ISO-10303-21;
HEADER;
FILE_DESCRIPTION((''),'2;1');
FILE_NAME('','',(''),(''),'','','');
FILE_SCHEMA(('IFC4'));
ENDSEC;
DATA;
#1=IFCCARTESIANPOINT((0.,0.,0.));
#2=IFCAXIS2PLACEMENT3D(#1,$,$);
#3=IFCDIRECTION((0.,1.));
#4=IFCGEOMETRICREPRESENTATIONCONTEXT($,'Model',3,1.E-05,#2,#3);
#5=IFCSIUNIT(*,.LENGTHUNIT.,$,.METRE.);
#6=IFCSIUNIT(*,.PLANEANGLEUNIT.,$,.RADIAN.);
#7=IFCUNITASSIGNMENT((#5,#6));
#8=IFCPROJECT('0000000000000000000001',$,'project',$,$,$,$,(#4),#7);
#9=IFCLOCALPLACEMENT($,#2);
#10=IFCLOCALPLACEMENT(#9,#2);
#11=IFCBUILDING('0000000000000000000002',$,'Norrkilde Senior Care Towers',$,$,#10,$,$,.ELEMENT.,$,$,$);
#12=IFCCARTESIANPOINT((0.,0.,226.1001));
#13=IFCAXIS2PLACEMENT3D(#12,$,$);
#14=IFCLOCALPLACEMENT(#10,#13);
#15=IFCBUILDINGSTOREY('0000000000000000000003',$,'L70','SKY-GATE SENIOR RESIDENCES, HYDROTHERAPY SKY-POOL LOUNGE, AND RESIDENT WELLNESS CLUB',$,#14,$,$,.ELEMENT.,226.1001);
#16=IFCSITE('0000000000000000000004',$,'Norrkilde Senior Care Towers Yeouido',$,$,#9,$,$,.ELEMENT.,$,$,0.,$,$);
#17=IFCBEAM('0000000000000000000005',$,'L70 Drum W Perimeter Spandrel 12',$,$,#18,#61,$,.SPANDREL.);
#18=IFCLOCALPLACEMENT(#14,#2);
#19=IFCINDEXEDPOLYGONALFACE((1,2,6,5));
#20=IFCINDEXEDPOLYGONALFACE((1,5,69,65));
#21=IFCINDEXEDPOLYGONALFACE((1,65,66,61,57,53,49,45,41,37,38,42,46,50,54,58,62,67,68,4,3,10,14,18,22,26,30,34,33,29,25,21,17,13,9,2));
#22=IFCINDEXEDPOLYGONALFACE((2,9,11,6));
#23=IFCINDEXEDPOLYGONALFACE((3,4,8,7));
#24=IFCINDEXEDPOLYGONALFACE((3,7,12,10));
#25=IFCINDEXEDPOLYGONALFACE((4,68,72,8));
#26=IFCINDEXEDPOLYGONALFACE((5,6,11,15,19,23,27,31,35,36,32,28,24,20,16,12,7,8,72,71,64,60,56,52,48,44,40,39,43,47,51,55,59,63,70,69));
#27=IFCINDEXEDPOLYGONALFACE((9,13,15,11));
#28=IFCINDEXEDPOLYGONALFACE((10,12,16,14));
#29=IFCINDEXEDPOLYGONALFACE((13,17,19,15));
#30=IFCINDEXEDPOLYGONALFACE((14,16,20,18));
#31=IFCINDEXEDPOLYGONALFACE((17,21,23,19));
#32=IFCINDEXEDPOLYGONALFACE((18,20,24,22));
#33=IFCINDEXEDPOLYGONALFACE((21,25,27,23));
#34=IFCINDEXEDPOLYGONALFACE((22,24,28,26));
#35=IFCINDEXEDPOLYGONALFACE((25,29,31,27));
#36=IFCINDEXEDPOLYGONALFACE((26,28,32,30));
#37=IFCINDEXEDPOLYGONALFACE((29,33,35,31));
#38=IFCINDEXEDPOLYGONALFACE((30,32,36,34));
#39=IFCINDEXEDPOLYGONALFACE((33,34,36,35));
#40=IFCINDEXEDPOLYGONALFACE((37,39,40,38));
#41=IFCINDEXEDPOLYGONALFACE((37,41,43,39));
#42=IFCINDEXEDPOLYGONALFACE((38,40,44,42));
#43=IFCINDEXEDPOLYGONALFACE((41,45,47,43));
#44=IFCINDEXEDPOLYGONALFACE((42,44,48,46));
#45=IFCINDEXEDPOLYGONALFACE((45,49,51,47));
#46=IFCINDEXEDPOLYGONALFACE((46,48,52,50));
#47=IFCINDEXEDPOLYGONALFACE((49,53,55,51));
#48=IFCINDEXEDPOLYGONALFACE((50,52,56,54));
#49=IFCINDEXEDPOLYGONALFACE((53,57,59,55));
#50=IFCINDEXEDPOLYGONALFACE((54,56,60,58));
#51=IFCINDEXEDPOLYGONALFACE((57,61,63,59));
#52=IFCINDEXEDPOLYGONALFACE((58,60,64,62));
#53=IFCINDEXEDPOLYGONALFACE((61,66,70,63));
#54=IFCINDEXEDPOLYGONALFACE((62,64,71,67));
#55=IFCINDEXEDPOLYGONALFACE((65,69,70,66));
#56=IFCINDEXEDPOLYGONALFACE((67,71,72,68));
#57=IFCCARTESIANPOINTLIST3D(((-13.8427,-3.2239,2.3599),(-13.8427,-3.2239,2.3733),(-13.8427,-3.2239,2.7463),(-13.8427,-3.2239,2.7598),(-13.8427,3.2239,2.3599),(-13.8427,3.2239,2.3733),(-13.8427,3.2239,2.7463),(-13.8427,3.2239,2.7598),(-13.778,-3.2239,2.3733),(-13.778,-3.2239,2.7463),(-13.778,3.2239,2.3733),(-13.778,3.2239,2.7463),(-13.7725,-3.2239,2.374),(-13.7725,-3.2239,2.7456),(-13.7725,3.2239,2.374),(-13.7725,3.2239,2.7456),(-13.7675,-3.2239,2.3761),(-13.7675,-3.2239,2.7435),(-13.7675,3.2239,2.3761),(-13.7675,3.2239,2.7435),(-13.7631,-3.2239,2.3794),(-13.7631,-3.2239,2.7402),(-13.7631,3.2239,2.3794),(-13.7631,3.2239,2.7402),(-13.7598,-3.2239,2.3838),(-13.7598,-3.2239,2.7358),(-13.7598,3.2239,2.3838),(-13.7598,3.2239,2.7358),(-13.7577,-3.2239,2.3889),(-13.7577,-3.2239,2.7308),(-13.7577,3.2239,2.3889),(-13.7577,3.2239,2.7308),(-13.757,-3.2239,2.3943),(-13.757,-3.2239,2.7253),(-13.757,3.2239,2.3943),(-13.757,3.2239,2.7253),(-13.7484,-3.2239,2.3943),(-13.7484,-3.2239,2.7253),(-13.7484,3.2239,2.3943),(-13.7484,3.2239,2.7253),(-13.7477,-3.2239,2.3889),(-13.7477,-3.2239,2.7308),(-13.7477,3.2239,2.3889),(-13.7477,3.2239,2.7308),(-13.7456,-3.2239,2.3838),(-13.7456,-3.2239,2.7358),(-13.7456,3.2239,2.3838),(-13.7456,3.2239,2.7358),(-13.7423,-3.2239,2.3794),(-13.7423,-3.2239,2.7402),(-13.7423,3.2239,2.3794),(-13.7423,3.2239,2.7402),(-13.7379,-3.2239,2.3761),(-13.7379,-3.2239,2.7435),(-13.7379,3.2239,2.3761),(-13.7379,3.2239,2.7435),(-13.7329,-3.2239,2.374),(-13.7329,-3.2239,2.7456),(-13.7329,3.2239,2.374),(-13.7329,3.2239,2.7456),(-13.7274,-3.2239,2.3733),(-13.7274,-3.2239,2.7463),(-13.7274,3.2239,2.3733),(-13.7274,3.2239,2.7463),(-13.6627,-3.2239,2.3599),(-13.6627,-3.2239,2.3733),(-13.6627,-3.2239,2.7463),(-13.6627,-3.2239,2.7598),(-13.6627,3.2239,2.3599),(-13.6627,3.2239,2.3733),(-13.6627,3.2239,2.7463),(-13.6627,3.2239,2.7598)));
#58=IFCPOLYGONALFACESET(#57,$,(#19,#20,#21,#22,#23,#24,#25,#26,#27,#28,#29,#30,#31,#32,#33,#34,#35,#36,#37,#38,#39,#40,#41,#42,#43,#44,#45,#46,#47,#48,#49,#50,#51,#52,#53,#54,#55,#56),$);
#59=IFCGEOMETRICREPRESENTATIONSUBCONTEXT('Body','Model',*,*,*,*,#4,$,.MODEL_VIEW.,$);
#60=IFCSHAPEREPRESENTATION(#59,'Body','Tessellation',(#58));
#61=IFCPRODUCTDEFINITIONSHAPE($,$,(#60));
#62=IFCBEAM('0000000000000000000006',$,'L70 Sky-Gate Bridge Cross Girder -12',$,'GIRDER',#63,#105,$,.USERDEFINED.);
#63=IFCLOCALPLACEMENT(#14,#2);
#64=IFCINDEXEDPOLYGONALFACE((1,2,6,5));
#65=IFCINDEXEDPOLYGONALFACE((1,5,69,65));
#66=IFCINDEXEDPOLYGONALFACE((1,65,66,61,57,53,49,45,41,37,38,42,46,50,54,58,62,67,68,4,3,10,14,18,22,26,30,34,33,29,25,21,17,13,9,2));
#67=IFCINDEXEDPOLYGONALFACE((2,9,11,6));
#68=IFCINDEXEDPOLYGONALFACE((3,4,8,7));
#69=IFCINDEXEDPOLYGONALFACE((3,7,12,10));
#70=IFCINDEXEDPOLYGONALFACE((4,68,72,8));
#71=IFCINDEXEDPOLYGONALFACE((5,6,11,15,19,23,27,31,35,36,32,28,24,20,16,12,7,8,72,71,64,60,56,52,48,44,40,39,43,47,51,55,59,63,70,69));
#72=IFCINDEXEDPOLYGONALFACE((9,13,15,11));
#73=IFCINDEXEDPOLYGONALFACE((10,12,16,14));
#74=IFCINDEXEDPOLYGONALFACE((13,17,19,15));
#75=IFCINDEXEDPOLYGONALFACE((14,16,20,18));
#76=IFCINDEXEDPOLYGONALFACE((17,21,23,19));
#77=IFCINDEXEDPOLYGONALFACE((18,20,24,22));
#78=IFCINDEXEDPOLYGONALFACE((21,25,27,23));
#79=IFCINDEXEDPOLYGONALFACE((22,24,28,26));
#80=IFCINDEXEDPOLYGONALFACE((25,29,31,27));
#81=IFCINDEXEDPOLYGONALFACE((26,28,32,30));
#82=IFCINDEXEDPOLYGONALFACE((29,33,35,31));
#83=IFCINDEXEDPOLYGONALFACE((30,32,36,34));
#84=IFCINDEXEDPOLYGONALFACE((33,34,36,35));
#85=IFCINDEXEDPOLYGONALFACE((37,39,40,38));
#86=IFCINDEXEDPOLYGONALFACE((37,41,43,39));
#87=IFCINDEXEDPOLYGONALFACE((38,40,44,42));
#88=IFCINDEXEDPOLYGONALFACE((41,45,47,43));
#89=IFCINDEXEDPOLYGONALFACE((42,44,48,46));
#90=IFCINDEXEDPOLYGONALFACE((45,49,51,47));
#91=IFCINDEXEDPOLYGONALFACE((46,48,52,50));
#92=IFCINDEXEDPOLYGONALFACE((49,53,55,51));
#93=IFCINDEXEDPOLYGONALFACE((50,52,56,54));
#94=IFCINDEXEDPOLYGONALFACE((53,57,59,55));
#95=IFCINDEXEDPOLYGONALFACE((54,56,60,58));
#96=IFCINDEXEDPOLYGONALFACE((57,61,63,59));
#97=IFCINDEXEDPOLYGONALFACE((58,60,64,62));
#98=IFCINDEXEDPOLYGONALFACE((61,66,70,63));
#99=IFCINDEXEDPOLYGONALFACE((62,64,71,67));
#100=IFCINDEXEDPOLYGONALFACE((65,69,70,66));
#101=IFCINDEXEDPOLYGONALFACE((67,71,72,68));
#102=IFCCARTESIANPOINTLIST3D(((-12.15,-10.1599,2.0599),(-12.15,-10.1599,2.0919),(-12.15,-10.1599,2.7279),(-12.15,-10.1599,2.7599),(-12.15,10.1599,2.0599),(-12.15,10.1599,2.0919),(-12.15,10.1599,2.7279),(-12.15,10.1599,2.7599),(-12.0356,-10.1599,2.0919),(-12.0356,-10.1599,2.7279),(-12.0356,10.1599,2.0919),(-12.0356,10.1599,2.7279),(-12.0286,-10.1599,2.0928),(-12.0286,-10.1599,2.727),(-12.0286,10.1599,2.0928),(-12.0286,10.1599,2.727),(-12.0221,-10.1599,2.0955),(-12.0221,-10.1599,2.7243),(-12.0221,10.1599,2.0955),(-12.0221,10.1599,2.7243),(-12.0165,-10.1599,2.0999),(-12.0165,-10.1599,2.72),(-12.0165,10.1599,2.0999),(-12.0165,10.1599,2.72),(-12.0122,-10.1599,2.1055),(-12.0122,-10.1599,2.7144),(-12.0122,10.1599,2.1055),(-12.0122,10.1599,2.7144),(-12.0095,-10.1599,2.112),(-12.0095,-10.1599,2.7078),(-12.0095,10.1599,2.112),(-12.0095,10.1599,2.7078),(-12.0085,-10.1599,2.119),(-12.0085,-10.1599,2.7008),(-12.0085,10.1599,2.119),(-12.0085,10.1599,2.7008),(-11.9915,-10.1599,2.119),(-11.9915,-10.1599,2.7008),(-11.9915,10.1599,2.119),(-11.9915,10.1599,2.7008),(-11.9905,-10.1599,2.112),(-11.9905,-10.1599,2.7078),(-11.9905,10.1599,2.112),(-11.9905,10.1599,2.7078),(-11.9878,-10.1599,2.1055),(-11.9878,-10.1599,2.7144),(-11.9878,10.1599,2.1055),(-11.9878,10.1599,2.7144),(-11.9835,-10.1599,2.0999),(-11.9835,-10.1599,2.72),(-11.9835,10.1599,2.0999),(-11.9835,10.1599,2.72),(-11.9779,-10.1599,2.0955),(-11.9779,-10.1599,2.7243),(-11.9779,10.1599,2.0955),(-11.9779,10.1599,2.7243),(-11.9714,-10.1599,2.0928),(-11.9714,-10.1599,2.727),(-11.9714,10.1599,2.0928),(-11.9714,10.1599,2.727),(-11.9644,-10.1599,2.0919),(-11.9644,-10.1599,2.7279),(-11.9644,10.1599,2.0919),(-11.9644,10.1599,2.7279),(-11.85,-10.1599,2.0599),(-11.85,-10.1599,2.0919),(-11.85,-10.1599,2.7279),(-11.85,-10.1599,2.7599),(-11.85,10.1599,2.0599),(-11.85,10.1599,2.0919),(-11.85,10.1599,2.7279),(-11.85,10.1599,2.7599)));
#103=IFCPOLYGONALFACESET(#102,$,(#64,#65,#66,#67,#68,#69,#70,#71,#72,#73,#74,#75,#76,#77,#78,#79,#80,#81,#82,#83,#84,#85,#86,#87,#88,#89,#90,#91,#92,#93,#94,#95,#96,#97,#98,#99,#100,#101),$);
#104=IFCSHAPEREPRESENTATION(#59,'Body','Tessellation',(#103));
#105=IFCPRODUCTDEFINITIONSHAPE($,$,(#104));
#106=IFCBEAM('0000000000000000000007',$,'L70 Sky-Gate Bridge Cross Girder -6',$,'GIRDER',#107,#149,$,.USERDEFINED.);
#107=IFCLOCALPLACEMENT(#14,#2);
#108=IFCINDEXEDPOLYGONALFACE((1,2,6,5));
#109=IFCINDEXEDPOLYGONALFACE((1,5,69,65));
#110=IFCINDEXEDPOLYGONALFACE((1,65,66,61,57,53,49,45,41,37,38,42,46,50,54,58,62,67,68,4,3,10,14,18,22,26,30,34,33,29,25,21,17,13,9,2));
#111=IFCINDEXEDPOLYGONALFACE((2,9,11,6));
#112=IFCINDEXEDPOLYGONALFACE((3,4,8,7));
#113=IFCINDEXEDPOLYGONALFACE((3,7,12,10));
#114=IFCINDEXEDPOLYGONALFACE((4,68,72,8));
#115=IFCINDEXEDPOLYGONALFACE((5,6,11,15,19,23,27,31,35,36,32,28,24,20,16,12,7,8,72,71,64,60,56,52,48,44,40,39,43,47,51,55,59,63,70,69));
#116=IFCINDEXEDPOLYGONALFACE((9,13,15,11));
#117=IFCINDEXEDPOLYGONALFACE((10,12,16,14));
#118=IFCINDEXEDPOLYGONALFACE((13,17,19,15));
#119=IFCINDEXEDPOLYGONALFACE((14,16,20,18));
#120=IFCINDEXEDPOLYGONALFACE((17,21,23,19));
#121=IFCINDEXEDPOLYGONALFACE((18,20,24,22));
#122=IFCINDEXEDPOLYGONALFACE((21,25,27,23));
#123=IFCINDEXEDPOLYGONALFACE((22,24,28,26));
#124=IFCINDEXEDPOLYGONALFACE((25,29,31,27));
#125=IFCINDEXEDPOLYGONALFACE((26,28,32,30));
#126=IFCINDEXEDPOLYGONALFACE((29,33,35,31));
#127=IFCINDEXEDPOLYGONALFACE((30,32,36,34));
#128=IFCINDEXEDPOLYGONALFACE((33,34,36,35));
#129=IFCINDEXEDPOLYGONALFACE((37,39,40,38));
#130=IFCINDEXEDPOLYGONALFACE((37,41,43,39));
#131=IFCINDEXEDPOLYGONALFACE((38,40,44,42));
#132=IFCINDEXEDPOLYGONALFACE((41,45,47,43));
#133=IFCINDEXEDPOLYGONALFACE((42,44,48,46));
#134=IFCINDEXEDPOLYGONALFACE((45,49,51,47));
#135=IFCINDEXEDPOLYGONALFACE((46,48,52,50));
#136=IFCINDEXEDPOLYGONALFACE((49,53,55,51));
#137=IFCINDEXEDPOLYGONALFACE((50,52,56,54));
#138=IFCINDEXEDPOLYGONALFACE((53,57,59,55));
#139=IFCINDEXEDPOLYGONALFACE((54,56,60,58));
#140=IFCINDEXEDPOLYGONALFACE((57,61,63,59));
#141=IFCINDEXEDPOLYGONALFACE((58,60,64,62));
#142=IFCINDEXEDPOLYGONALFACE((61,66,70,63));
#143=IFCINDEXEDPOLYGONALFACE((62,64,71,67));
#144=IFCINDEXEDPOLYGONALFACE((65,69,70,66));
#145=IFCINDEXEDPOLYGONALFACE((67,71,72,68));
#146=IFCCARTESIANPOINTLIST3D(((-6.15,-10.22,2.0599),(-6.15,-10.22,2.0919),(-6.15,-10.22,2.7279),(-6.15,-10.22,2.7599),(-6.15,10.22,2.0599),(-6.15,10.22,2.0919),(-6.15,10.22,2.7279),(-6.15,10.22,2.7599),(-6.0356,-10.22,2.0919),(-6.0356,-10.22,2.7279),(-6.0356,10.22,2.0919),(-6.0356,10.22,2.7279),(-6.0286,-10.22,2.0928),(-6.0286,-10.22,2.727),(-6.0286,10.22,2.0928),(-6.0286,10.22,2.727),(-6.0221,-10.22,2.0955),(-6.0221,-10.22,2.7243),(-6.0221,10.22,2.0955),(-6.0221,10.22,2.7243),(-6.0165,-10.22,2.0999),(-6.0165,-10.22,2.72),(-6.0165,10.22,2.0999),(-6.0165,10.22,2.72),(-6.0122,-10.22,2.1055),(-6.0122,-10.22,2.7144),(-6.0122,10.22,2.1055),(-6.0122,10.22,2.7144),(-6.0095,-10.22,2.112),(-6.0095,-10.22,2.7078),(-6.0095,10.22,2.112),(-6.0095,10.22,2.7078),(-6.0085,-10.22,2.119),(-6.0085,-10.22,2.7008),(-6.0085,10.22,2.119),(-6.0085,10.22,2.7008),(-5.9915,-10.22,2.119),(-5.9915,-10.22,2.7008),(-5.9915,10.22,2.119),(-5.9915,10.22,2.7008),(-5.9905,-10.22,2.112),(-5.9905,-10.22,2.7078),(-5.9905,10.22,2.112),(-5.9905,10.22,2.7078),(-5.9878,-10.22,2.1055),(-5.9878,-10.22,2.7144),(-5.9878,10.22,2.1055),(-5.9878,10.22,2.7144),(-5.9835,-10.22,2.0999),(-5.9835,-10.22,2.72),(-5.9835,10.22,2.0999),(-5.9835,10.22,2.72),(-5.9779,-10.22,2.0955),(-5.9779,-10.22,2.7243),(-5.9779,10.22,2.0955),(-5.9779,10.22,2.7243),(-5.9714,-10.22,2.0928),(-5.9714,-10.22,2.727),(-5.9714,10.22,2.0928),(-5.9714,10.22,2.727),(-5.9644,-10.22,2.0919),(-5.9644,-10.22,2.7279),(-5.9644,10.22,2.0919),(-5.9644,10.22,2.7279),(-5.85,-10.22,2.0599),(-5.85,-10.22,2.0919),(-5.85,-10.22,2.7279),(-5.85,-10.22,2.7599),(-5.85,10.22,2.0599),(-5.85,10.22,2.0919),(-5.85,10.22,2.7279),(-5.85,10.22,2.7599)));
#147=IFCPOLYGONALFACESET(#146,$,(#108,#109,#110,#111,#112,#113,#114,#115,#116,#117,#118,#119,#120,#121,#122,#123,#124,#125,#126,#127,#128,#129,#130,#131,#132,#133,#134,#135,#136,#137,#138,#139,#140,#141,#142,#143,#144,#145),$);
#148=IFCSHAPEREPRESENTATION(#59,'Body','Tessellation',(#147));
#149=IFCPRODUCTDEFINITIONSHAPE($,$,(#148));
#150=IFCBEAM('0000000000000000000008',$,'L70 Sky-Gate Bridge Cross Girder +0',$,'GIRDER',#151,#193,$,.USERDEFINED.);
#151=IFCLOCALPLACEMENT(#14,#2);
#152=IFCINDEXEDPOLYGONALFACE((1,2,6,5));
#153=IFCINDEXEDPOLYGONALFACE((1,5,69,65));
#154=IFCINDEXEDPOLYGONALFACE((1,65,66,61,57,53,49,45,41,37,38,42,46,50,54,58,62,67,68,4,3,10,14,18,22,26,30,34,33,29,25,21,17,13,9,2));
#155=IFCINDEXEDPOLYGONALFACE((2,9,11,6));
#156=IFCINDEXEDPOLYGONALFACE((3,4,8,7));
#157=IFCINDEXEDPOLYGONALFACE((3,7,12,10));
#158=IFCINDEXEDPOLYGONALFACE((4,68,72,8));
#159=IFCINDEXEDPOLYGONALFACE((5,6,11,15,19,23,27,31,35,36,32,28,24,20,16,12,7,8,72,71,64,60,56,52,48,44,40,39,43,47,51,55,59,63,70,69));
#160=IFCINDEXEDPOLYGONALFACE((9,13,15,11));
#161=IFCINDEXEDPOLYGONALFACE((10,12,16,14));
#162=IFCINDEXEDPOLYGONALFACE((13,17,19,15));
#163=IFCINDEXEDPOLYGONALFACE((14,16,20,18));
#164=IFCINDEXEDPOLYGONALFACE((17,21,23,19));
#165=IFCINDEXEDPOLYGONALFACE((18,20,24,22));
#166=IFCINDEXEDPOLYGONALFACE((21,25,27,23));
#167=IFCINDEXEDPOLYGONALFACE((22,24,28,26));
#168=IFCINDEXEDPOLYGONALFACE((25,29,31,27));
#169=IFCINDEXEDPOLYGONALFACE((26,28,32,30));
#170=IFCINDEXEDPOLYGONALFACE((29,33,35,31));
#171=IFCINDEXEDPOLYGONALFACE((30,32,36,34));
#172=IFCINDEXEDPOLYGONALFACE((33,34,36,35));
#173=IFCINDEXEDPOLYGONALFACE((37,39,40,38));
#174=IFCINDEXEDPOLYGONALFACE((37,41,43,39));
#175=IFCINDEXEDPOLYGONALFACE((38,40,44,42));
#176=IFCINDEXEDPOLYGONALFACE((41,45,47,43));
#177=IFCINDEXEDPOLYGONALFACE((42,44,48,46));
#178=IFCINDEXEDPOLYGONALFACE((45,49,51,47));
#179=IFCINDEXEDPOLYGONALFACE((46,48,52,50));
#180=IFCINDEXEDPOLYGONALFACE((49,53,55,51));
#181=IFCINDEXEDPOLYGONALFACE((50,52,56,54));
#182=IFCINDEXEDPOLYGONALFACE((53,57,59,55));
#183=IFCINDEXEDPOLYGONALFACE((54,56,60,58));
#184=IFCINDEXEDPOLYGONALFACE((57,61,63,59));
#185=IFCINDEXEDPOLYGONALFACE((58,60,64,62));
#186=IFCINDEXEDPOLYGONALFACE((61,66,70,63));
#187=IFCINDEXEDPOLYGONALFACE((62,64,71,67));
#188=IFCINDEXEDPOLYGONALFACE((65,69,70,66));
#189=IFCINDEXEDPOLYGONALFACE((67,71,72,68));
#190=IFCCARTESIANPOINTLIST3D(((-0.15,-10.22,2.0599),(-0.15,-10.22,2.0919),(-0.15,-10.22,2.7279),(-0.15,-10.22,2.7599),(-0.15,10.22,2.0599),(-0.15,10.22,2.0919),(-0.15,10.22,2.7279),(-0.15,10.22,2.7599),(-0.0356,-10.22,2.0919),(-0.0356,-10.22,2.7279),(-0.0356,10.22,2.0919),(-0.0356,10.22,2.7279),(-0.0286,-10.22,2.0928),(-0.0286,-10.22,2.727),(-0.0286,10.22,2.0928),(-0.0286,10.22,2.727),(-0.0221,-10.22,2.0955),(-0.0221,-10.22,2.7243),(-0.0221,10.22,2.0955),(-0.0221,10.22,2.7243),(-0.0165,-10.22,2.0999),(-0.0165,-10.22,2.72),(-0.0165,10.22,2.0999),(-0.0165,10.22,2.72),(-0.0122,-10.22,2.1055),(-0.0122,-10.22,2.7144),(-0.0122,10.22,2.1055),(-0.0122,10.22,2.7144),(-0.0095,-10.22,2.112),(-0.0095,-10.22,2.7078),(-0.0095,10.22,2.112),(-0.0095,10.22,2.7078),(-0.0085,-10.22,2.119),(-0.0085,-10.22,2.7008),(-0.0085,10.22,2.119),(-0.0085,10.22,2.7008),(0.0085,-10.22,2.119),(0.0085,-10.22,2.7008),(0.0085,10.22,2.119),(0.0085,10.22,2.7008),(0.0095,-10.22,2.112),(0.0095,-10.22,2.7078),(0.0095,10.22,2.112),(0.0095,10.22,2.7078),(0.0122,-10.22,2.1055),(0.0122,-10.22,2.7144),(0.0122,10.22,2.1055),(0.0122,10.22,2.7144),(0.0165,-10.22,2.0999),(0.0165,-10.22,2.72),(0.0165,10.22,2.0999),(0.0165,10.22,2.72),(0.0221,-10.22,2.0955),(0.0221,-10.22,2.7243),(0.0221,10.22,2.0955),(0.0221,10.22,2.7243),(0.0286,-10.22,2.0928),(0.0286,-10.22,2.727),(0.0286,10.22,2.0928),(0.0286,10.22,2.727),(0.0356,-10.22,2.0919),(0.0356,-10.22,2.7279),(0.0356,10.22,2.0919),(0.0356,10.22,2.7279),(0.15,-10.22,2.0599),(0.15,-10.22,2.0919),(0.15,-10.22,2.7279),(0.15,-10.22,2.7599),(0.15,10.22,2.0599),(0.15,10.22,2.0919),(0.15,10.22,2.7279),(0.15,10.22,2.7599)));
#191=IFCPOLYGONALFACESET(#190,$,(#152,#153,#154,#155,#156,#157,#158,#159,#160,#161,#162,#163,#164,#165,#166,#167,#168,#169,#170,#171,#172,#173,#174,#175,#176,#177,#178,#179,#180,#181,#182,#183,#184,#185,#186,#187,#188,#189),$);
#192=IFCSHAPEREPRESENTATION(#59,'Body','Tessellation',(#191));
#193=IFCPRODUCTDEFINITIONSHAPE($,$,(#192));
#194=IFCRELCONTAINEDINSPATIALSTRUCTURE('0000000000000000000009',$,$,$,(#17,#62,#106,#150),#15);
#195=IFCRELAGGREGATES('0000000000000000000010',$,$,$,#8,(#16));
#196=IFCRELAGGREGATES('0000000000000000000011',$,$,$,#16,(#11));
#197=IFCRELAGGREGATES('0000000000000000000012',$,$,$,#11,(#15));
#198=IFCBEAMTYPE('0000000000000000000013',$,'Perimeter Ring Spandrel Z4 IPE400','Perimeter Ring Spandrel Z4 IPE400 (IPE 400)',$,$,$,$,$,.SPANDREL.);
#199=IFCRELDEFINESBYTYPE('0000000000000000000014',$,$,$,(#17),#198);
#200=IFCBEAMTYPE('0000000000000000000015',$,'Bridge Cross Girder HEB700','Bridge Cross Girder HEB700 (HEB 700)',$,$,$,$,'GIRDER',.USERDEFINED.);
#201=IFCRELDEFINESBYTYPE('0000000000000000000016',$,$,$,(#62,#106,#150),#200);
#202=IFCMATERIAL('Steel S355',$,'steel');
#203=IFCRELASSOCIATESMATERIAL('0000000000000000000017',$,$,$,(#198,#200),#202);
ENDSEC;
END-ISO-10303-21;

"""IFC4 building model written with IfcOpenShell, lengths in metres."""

from ifc_helpers import new_model, si_unit, direction, frame, origin, origin_2d, place, context, subcontext, project, spatial, i_section, extrude, source, transform, mapped, material, material_profile, profile_set, type_object, type_shapes, element, save


model = new_model("IFC4")

# Units and contexts
model_context = context("Model", 3, precision=1e-05, world=origin(), true_north=direction((0.0, 1.0)))
body_context = subcontext(model_context, "Body", "Model", "MODEL_VIEW")
ifc_project = project(units=[si_unit("LENGTHUNIT", "METRE"), si_unit("PLANEANGLEUNIT", "RADIAN")], contexts=[model_context])

# Site, building, storey
site_placement = place(None, origin())
site = spatial("IfcSite", under=ifc_project, at=site_placement, Name="Norrkilde Senior Care Towers Yeouido", CompositionType="ELEMENT", RefElevation=0.0)
building_placement = place(site_placement, origin())
building = spatial("IfcBuilding", under=site, at=building_placement, Name="Norrkilde Senior Care Towers", CompositionType="ELEMENT")
storey_placement = place(building_placement, frame((0.0, 0.0, 226.1001)))
storey = spatial("IfcBuildingStorey", under=building, at=storey_placement, Name="L70", Description="SKY-GATE SENIOR RESIDENCES, HYDROTHERAPY SKY-POOL LOUNGE, AND RESIDENT WELLNESS CLUB", CompositionType="ELEMENT", Elevation=226.1001)

# Shared definitions
ifc_material_1 = material(Name="Steel S355", Category="steel")

# Beams
ifc_material_profile_1 = material_profile(ifc_material_1, i_section(OverallWidth=0.1799, OverallDepth=0.3999, WebThickness=0.0085, FlangeThickness=0.0134, FilletRadius=0.021, at=origin_2d()), Name="IPE 400")
ifc_profile_set_1 = profile_set([ifc_material_profile_1], Name="Steel S355")
beam_type_1 = type_object("IfcBeamType", Name="Perimeter Ring Spandrel Z4 IPE400", Description="Perimeter Ring Spandrel Z4 IPE400 (IPE 400)", PredefinedType="SPANDREL", material=ifc_profile_set_1)
shared_shape_1 = source(origin(), body_context, "Body", "SweptSolid", [
    extrude(i_section(OverallWidth=0.1799, OverallDepth=0.3999, WebThickness=0.0085, FlangeThickness=0.0134, FilletRadius=0.021, at=origin_2d()), origin(), (0.0, 0.0, 1.0), 6.4478),
])
type_shapes(beam_type_1, [shared_shape_1])
beam_1_placement = place(storey_placement, frame((-13.7527, -3.2239, 2.5598), z_axis=(0.0, 1.0, 0.0), x_axis=(-1.0, 0.0, 0.0)))
element("IfcBeam", 1, at=beam_1_placement, inside=storey, type_object=beam_type_1, Name="L70 Drum W Perimeter Spandrel 12", PredefinedType="SPANDREL", context=body_context, shape_type="MappedRepresentation", body=[
    mapped(shared_shape_1, transform((0.0, 0.0, 0.0), x_axis=(1.0, 0.0, 0.0), y_axis=(0.0, 1.0, 0.0), z_axis=(0.0, 0.0, 1.0), scale=1.0)),
])
ifc_material_profile_2 = material_profile(ifc_material_1, i_section(OverallWidth=0.3, OverallDepth=0.7, WebThickness=0.0171, FlangeThickness=0.032, FilletRadius=0.0271, at=origin_2d()), Name="HEB 700")
ifc_profile_set_2 = profile_set([ifc_material_profile_2], Name="Steel S355")
beam_type_2 = type_object("IfcBeamType", Name="Bridge Cross Girder HEB700", Description="Bridge Cross Girder HEB700 (HEB 700)", ElementType="GIRDER", PredefinedType="USERDEFINED", material=ifc_profile_set_2)
shared_shape_2 = source(origin(), body_context, "Body", "SweptSolid", [
    extrude(i_section(OverallWidth=0.3, OverallDepth=0.7, WebThickness=0.0171, FlangeThickness=0.032, FilletRadius=0.0271, at=origin_2d()), origin(), (0.0, 0.0, 1.0), 20.3198),
])
beam_2_placement = place(storey_placement, frame((-12.0, -10.1599, 2.4099), z_axis=(0.0, 1.0, 0.0), x_axis=(-1.0, 0.0, 0.0)))
element("IfcBeam", 2, at=beam_2_placement, inside=storey, type_object=beam_type_2, Name="L70 Sky-Gate Bridge Cross Girder -12", ObjectType="GIRDER", PredefinedType="USERDEFINED", context=body_context, shape_type="MappedRepresentation", body=[
    mapped(shared_shape_2, transform((0.0, 0.0, 0.0), x_axis=(1.0, 0.0, 0.0), y_axis=(0.0, 1.0, 0.0), z_axis=(0.0, 0.0, 1.0), scale=1.0)),
])
shared_shape_3 = source(origin(), body_context, "Body", "SweptSolid", [
    extrude(i_section(OverallWidth=0.3, OverallDepth=0.7, WebThickness=0.0171, FlangeThickness=0.032, FilletRadius=0.0271, at=origin_2d()), origin(), (0.0, 0.0, 1.0), 20.4399),
])
type_shapes(beam_type_2, [shared_shape_2, shared_shape_3])
for number, where, z_axis, x_axis, name in (
    (3, (-6.0, -10.22, 2.4099), (0.0, 1.0, 0.0), (-1.0, 0.0, 0.0), "L70 Sky-Gate Bridge Cross Girder -6"),
    (4, (0.0, -10.22, 2.4099), (0.0, 1.0, 0.0), (-1.0, 0.0, 0.0), "L70 Sky-Gate Bridge Cross Girder +0"),
):
    element("IfcBeam", number, at=place(storey_placement, frame(where, z_axis=z_axis, x_axis=x_axis)), inside=storey, type_object=beam_type_2, Name=name, ObjectType="GIRDER", PredefinedType="USERDEFINED", context=body_context, shape_type="MappedRepresentation", body=[
        mapped(shared_shape_3, transform((0.0, 0.0, 0.0), x_axis=(1.0, 0.0, 0.0), y_axis=(0.0, 1.0, 0.0), z_axis=(0.0, 0.0, 1.0), scale=1.0)),
    ])

save(model, "model.ifc")
